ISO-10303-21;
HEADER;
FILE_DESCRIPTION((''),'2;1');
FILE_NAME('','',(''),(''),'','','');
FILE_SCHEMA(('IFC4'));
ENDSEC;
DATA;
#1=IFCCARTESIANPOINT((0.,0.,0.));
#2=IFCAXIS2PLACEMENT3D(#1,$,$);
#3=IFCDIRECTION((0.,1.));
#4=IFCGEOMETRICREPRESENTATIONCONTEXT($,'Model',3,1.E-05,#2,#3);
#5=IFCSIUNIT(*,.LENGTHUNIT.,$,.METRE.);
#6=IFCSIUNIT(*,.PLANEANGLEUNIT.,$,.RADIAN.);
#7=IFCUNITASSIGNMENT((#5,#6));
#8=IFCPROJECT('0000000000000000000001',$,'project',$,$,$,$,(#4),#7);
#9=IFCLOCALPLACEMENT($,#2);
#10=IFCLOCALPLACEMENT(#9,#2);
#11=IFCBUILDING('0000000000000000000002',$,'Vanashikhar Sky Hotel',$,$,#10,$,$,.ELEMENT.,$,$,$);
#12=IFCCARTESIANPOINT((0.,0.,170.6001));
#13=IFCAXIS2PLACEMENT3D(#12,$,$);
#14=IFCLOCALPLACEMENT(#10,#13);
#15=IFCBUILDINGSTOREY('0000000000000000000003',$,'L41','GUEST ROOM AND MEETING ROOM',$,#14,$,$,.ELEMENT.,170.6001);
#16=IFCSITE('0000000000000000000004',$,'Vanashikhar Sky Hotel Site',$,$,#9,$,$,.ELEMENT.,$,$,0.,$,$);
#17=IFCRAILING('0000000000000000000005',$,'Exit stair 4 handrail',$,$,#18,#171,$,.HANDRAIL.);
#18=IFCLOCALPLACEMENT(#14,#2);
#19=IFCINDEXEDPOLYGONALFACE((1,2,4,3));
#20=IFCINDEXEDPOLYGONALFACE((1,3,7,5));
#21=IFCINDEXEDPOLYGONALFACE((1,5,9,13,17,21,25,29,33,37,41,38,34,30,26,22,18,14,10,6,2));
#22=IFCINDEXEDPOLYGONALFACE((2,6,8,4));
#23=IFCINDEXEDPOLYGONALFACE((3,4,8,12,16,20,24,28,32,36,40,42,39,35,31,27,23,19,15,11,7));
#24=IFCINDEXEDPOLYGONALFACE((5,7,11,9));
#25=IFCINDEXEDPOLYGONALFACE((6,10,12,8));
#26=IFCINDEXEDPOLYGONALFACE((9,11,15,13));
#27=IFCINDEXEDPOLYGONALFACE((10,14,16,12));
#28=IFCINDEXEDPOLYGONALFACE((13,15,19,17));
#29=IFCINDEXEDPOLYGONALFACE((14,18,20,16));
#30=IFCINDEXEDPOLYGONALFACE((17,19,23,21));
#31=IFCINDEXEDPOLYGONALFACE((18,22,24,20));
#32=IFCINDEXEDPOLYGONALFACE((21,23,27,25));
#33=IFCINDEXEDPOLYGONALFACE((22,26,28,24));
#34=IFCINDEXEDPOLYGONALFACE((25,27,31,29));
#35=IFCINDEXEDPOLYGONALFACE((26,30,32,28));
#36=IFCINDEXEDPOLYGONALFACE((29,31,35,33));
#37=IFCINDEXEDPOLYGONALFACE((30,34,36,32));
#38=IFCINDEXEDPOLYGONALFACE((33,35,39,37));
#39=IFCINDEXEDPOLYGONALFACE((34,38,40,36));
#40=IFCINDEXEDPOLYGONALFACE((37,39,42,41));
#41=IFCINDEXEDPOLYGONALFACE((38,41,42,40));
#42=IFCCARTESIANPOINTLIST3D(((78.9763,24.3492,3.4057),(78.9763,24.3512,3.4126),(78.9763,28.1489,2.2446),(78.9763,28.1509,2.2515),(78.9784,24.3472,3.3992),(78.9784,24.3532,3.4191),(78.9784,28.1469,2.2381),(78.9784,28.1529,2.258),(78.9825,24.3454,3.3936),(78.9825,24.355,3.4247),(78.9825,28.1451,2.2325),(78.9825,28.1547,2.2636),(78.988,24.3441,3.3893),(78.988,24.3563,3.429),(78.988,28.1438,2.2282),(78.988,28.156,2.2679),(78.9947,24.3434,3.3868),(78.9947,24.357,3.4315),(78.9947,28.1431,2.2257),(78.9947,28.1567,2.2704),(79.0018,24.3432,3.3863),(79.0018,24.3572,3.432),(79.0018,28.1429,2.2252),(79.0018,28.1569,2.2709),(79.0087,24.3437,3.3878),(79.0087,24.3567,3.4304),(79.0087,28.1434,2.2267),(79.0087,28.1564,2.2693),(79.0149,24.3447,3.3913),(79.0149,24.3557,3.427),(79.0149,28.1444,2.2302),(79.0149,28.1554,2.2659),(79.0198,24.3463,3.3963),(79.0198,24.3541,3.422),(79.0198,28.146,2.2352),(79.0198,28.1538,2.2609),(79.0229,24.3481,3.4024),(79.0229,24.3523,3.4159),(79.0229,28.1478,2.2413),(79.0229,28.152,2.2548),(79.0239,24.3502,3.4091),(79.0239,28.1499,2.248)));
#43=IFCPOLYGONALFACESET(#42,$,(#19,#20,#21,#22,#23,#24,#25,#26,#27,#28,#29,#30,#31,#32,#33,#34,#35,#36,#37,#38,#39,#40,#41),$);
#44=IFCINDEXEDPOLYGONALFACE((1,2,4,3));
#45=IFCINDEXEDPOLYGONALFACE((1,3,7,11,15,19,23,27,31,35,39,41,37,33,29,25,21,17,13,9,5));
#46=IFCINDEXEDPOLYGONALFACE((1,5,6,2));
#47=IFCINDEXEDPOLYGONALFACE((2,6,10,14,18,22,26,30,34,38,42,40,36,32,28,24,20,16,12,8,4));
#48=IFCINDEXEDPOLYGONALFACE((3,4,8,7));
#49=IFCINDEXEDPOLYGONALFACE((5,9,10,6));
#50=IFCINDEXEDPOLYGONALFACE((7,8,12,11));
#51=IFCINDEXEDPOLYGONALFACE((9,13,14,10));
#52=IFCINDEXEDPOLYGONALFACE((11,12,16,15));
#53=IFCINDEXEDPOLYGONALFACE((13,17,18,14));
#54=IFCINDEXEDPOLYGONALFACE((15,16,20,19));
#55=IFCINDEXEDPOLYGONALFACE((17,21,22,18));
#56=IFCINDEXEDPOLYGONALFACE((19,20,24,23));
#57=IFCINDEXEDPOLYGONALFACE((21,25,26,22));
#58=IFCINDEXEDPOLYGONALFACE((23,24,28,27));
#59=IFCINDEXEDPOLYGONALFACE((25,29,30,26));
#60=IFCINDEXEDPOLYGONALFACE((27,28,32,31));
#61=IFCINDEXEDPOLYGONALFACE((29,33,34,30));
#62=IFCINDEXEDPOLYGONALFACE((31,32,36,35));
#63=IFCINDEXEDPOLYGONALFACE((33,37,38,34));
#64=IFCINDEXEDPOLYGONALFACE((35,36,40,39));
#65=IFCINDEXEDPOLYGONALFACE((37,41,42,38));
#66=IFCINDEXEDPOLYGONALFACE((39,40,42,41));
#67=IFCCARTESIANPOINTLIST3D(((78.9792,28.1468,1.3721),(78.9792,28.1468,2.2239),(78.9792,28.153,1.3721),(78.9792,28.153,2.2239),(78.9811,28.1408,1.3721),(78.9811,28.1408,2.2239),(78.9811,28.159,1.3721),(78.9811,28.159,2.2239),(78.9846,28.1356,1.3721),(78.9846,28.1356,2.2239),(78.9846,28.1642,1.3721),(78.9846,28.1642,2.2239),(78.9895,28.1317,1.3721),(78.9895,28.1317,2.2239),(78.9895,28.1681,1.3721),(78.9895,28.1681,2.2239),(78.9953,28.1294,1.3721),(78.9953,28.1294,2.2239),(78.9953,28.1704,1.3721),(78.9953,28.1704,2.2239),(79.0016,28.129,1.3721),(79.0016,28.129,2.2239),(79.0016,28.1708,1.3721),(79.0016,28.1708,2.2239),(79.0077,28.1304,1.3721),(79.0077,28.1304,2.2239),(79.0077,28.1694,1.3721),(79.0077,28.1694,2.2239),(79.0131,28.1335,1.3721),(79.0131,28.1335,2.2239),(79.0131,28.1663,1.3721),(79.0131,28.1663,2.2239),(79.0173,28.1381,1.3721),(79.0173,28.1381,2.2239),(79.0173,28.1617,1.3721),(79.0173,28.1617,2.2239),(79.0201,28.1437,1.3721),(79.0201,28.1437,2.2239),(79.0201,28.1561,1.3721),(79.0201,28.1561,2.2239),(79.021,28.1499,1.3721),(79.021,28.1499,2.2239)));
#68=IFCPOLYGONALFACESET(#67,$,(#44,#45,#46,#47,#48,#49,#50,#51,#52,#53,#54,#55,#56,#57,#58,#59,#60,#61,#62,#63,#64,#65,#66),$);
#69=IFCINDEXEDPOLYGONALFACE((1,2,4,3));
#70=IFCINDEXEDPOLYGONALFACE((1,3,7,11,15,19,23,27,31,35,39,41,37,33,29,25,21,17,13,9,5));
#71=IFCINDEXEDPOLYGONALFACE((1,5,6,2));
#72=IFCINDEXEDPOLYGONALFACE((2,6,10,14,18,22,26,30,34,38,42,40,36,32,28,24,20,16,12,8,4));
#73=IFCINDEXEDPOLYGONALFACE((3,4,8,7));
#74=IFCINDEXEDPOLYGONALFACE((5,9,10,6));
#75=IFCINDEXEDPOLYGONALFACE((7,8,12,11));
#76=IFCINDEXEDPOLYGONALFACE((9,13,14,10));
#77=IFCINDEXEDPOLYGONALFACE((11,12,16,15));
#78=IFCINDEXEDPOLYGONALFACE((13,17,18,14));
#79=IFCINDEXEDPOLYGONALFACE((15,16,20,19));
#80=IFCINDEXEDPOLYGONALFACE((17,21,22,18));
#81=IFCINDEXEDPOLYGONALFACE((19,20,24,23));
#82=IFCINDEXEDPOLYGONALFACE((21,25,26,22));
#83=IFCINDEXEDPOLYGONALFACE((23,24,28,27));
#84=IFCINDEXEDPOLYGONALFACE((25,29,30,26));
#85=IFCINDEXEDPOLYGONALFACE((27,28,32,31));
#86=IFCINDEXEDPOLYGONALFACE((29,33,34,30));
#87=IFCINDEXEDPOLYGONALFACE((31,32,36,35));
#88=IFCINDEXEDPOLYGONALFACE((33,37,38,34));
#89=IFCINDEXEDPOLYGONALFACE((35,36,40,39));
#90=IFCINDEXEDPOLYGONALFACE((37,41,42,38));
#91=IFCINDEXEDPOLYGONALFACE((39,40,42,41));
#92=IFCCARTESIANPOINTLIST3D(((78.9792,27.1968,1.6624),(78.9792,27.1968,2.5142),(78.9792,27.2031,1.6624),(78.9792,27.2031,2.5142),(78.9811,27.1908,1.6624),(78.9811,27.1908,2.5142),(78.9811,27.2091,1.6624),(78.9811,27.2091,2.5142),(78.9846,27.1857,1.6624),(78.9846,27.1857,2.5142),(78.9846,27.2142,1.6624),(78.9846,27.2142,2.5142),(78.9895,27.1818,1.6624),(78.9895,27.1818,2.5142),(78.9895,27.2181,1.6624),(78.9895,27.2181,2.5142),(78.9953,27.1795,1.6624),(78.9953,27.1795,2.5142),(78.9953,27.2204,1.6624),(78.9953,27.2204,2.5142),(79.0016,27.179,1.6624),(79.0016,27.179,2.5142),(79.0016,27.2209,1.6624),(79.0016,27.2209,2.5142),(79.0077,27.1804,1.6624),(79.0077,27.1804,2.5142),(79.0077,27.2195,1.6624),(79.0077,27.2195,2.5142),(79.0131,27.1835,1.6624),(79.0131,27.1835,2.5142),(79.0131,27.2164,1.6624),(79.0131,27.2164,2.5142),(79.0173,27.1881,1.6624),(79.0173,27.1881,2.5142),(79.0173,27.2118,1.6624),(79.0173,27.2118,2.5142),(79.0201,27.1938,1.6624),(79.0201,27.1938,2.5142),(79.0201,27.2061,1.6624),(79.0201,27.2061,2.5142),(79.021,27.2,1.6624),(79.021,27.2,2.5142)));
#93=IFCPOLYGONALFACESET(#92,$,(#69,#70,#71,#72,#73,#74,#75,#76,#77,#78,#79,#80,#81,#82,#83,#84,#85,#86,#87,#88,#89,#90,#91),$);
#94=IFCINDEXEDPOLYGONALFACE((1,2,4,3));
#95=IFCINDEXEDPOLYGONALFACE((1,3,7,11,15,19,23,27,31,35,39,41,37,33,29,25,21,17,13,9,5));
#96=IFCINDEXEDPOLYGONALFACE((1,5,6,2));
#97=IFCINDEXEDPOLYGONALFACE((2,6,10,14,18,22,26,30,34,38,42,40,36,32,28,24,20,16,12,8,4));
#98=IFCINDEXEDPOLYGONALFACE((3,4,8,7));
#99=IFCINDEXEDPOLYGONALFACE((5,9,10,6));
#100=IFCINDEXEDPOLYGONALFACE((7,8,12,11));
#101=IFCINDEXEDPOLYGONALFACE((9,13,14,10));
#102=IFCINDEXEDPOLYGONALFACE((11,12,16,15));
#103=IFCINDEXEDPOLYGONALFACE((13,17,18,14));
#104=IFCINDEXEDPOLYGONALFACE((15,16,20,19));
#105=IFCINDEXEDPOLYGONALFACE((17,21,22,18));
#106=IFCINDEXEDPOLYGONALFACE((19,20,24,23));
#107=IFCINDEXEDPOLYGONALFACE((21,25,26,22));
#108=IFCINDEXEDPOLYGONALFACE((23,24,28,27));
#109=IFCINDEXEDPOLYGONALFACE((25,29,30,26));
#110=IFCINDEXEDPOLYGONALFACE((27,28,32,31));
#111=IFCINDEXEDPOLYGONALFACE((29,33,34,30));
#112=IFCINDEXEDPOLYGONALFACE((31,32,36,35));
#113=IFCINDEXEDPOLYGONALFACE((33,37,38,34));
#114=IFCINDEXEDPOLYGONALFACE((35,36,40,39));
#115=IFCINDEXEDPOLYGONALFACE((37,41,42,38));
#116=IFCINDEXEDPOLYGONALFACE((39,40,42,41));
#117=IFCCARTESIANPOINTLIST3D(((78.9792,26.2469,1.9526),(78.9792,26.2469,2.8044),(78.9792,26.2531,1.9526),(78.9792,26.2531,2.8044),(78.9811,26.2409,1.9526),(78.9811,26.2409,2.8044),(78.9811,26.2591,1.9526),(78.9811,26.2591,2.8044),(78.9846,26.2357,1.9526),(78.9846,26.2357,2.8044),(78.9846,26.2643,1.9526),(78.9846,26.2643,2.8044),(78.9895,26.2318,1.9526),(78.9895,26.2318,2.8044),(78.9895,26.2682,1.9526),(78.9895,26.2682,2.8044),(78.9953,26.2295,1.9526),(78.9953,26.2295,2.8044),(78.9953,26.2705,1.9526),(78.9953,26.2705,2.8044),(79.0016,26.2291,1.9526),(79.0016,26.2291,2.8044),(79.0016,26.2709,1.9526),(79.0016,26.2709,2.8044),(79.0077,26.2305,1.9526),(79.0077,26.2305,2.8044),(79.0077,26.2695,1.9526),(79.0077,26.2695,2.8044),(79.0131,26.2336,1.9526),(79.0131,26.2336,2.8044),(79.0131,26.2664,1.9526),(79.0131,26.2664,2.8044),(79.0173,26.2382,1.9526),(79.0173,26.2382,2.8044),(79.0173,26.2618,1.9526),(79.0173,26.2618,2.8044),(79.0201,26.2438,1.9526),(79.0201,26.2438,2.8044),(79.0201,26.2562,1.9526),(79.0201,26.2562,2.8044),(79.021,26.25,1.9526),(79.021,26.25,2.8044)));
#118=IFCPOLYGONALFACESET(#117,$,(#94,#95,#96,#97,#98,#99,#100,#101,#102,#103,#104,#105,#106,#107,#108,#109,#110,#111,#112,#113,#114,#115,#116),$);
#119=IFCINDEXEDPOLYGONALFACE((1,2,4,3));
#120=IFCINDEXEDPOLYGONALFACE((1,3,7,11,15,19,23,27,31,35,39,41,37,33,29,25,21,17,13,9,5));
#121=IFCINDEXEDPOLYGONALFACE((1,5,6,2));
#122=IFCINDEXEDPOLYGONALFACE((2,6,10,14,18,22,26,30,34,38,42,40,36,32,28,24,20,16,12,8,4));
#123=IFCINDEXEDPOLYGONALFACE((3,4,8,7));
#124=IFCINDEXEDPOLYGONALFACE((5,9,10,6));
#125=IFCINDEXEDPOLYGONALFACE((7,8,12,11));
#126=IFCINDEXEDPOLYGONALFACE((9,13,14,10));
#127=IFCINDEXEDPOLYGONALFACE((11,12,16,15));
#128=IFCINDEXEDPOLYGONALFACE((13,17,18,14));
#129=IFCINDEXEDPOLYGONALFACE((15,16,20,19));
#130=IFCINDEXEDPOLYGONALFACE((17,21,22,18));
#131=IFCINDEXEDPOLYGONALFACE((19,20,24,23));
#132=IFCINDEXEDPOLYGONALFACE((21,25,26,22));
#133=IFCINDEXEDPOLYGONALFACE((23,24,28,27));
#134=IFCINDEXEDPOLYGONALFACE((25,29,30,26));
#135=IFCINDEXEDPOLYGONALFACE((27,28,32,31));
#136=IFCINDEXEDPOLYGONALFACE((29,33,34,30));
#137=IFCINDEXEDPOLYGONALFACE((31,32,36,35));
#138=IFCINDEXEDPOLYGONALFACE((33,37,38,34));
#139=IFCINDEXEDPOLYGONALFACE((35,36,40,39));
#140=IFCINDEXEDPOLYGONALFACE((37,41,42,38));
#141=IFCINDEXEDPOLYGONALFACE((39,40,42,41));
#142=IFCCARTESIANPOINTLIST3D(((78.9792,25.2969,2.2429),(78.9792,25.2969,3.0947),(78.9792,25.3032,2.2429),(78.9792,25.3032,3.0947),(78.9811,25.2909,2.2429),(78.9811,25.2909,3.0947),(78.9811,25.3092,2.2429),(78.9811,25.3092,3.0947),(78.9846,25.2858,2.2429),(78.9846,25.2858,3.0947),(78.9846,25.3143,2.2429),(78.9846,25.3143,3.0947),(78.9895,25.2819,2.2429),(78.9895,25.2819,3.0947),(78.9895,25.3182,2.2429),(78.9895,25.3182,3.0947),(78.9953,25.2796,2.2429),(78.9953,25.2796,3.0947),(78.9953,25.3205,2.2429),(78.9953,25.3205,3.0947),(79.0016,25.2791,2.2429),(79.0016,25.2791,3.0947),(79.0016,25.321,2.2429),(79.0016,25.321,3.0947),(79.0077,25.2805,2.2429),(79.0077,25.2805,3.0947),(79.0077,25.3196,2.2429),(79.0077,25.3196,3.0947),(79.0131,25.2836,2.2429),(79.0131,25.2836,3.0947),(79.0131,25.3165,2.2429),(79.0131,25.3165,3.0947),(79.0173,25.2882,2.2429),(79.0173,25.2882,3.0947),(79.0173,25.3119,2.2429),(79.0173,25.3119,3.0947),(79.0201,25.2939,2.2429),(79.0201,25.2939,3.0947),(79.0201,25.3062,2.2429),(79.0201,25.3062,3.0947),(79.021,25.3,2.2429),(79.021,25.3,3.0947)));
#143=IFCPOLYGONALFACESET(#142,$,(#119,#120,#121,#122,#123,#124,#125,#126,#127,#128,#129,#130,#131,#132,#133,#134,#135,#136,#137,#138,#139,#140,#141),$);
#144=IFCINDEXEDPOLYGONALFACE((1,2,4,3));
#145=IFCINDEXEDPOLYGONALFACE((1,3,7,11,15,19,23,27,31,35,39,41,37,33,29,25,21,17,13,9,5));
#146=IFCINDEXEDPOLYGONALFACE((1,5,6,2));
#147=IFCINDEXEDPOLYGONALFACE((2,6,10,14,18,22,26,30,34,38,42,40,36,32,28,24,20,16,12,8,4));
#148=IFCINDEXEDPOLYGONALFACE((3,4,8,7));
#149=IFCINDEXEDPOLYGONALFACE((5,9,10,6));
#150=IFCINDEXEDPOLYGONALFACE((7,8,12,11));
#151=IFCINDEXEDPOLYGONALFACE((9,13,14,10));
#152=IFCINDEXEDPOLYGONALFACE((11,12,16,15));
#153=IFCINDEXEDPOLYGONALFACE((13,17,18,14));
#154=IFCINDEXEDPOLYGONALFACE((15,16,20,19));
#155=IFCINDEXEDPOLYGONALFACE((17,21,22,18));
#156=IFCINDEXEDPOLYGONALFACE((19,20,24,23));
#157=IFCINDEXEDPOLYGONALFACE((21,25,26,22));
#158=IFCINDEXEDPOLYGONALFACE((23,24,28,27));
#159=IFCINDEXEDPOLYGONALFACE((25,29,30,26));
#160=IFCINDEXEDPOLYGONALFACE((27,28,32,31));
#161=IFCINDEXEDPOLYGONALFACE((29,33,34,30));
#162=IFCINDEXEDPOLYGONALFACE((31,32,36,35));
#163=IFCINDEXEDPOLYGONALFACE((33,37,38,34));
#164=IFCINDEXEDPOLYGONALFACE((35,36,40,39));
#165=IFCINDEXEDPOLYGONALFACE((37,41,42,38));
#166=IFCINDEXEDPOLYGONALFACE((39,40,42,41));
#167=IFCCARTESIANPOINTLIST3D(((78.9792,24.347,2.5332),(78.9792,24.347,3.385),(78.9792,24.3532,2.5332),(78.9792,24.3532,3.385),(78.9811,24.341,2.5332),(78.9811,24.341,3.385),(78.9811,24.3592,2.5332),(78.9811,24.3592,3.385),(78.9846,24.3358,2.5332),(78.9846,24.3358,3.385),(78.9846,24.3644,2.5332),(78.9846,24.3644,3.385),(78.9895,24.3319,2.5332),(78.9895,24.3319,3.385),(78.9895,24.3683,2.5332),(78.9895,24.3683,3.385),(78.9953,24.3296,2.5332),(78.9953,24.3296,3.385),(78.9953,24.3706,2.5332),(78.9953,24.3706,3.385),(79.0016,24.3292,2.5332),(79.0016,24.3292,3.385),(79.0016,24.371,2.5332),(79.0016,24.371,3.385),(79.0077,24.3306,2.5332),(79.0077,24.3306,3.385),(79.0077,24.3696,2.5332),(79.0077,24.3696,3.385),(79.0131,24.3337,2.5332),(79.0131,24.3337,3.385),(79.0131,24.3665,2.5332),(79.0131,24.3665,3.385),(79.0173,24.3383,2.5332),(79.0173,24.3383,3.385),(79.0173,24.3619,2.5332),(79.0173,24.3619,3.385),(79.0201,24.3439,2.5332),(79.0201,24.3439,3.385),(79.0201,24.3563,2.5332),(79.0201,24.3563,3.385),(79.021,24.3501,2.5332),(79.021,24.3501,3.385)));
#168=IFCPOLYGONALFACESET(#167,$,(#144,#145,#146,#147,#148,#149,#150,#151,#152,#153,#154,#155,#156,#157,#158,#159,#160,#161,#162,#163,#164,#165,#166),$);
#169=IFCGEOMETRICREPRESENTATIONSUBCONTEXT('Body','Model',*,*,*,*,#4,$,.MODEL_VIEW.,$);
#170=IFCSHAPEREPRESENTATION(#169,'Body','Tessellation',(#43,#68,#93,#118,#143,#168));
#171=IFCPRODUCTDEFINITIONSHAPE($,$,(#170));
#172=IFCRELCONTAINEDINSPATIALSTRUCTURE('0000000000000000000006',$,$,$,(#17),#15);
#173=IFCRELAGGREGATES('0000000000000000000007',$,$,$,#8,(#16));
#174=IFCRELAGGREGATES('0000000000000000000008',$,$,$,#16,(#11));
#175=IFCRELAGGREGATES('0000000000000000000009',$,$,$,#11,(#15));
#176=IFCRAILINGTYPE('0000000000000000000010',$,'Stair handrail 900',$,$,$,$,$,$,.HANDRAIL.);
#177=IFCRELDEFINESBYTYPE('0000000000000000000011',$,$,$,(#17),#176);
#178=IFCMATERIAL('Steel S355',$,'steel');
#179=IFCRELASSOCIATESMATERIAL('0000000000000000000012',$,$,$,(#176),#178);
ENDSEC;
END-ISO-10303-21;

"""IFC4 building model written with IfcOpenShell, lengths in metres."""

from ifc_helpers import new_model, si_unit, direction, frame, origin, origin_2d, place, context, subcontext, project, spatial, circle, extrude, source, transform, mapped, material, type_object, element, save


model = new_model("IFC4")

# Units and contexts
model_context = context("Model", 3, precision=1e-05, world=origin(), true_north=direction((0.0, 1.0)))
body_context = subcontext(model_context, "Body", "Model", "MODEL_VIEW")
ifc_project = project(units=[si_unit("LENGTHUNIT", "METRE"), si_unit("PLANEANGLEUNIT", "RADIAN")], contexts=[model_context])

# Site, building, storey
site_placement = place(None, origin())
site = spatial("IfcSite", under=ifc_project, at=site_placement, Name="Vanashikhar Sky Hotel Site", CompositionType="ELEMENT", RefElevation=0.0)
building_placement = place(site_placement, origin())
building = spatial("IfcBuilding", under=site, at=building_placement, Name="Vanashikhar Sky Hotel", CompositionType="ELEMENT")
storey_placement = place(building_placement, frame((0.0, 0.0, 170.6001)))
storey = spatial("IfcBuildingStorey", under=building, at=storey_placement, Name="L41", Description="GUEST ROOM AND MEETING ROOM", CompositionType="ELEMENT", Elevation=170.6001)

# Railing
ifc_material_1 = material(Name="Steel S355", Category="steel")
railing_type_1 = type_object("IfcRailingType", Name="Stair handrail 900", PredefinedType="HANDRAIL", material=ifc_material_1)
shared_shape_1 = source(origin(), body_context, "Body", "SweptSolid", [
    extrude(circle(Radius=0.0239, at=origin_2d()), frame((0.0, 0.0, 0.876), z_axis=(0.0, -0.956346, 0.292237), x_axis=(1.0, 0.0, 0.0)), (0.0, 0.0, 1.0), 3.9731),
    extrude(circle(Radius=0.021, at=origin_2d()), origin(), (0.0, 0.0, 1.0), 0.8518),
    extrude(circle(Radius=0.021, at=origin_2d()), frame((0.0, -0.95, 0.2903)), (0.0, 0.0, 1.0), 0.8518),
    extrude(circle(Radius=0.021, at=origin_2d()), frame((0.0, -1.8999, 0.5806)), (0.0, 0.0, 1.0), 0.8518),
    extrude(circle(Radius=0.021, at=origin_2d()), frame((0.0, -2.8499, 0.8708)), (0.0, 0.0, 1.0), 0.8518),
    extrude(circle(Radius=0.021, at=origin_2d()), frame((0.0, -3.7998, 1.1611)), (0.0, 0.0, 1.0), 0.8518),
])
railing_1_placement = place(storey_placement, frame((79.0, 28.1499, 1.3721)))
element("IfcRailing", 1, at=railing_1_placement, inside=storey, type_object=railing_type_1, Name="Exit stair 4 handrail", PredefinedType="HANDRAIL", context=body_context, shape_type="MappedRepresentation", body=[
    mapped(shared_shape_1, transform((0.0, 0.0, 0.0), scale=1.0)),
])

save(model, "model.ifc")
